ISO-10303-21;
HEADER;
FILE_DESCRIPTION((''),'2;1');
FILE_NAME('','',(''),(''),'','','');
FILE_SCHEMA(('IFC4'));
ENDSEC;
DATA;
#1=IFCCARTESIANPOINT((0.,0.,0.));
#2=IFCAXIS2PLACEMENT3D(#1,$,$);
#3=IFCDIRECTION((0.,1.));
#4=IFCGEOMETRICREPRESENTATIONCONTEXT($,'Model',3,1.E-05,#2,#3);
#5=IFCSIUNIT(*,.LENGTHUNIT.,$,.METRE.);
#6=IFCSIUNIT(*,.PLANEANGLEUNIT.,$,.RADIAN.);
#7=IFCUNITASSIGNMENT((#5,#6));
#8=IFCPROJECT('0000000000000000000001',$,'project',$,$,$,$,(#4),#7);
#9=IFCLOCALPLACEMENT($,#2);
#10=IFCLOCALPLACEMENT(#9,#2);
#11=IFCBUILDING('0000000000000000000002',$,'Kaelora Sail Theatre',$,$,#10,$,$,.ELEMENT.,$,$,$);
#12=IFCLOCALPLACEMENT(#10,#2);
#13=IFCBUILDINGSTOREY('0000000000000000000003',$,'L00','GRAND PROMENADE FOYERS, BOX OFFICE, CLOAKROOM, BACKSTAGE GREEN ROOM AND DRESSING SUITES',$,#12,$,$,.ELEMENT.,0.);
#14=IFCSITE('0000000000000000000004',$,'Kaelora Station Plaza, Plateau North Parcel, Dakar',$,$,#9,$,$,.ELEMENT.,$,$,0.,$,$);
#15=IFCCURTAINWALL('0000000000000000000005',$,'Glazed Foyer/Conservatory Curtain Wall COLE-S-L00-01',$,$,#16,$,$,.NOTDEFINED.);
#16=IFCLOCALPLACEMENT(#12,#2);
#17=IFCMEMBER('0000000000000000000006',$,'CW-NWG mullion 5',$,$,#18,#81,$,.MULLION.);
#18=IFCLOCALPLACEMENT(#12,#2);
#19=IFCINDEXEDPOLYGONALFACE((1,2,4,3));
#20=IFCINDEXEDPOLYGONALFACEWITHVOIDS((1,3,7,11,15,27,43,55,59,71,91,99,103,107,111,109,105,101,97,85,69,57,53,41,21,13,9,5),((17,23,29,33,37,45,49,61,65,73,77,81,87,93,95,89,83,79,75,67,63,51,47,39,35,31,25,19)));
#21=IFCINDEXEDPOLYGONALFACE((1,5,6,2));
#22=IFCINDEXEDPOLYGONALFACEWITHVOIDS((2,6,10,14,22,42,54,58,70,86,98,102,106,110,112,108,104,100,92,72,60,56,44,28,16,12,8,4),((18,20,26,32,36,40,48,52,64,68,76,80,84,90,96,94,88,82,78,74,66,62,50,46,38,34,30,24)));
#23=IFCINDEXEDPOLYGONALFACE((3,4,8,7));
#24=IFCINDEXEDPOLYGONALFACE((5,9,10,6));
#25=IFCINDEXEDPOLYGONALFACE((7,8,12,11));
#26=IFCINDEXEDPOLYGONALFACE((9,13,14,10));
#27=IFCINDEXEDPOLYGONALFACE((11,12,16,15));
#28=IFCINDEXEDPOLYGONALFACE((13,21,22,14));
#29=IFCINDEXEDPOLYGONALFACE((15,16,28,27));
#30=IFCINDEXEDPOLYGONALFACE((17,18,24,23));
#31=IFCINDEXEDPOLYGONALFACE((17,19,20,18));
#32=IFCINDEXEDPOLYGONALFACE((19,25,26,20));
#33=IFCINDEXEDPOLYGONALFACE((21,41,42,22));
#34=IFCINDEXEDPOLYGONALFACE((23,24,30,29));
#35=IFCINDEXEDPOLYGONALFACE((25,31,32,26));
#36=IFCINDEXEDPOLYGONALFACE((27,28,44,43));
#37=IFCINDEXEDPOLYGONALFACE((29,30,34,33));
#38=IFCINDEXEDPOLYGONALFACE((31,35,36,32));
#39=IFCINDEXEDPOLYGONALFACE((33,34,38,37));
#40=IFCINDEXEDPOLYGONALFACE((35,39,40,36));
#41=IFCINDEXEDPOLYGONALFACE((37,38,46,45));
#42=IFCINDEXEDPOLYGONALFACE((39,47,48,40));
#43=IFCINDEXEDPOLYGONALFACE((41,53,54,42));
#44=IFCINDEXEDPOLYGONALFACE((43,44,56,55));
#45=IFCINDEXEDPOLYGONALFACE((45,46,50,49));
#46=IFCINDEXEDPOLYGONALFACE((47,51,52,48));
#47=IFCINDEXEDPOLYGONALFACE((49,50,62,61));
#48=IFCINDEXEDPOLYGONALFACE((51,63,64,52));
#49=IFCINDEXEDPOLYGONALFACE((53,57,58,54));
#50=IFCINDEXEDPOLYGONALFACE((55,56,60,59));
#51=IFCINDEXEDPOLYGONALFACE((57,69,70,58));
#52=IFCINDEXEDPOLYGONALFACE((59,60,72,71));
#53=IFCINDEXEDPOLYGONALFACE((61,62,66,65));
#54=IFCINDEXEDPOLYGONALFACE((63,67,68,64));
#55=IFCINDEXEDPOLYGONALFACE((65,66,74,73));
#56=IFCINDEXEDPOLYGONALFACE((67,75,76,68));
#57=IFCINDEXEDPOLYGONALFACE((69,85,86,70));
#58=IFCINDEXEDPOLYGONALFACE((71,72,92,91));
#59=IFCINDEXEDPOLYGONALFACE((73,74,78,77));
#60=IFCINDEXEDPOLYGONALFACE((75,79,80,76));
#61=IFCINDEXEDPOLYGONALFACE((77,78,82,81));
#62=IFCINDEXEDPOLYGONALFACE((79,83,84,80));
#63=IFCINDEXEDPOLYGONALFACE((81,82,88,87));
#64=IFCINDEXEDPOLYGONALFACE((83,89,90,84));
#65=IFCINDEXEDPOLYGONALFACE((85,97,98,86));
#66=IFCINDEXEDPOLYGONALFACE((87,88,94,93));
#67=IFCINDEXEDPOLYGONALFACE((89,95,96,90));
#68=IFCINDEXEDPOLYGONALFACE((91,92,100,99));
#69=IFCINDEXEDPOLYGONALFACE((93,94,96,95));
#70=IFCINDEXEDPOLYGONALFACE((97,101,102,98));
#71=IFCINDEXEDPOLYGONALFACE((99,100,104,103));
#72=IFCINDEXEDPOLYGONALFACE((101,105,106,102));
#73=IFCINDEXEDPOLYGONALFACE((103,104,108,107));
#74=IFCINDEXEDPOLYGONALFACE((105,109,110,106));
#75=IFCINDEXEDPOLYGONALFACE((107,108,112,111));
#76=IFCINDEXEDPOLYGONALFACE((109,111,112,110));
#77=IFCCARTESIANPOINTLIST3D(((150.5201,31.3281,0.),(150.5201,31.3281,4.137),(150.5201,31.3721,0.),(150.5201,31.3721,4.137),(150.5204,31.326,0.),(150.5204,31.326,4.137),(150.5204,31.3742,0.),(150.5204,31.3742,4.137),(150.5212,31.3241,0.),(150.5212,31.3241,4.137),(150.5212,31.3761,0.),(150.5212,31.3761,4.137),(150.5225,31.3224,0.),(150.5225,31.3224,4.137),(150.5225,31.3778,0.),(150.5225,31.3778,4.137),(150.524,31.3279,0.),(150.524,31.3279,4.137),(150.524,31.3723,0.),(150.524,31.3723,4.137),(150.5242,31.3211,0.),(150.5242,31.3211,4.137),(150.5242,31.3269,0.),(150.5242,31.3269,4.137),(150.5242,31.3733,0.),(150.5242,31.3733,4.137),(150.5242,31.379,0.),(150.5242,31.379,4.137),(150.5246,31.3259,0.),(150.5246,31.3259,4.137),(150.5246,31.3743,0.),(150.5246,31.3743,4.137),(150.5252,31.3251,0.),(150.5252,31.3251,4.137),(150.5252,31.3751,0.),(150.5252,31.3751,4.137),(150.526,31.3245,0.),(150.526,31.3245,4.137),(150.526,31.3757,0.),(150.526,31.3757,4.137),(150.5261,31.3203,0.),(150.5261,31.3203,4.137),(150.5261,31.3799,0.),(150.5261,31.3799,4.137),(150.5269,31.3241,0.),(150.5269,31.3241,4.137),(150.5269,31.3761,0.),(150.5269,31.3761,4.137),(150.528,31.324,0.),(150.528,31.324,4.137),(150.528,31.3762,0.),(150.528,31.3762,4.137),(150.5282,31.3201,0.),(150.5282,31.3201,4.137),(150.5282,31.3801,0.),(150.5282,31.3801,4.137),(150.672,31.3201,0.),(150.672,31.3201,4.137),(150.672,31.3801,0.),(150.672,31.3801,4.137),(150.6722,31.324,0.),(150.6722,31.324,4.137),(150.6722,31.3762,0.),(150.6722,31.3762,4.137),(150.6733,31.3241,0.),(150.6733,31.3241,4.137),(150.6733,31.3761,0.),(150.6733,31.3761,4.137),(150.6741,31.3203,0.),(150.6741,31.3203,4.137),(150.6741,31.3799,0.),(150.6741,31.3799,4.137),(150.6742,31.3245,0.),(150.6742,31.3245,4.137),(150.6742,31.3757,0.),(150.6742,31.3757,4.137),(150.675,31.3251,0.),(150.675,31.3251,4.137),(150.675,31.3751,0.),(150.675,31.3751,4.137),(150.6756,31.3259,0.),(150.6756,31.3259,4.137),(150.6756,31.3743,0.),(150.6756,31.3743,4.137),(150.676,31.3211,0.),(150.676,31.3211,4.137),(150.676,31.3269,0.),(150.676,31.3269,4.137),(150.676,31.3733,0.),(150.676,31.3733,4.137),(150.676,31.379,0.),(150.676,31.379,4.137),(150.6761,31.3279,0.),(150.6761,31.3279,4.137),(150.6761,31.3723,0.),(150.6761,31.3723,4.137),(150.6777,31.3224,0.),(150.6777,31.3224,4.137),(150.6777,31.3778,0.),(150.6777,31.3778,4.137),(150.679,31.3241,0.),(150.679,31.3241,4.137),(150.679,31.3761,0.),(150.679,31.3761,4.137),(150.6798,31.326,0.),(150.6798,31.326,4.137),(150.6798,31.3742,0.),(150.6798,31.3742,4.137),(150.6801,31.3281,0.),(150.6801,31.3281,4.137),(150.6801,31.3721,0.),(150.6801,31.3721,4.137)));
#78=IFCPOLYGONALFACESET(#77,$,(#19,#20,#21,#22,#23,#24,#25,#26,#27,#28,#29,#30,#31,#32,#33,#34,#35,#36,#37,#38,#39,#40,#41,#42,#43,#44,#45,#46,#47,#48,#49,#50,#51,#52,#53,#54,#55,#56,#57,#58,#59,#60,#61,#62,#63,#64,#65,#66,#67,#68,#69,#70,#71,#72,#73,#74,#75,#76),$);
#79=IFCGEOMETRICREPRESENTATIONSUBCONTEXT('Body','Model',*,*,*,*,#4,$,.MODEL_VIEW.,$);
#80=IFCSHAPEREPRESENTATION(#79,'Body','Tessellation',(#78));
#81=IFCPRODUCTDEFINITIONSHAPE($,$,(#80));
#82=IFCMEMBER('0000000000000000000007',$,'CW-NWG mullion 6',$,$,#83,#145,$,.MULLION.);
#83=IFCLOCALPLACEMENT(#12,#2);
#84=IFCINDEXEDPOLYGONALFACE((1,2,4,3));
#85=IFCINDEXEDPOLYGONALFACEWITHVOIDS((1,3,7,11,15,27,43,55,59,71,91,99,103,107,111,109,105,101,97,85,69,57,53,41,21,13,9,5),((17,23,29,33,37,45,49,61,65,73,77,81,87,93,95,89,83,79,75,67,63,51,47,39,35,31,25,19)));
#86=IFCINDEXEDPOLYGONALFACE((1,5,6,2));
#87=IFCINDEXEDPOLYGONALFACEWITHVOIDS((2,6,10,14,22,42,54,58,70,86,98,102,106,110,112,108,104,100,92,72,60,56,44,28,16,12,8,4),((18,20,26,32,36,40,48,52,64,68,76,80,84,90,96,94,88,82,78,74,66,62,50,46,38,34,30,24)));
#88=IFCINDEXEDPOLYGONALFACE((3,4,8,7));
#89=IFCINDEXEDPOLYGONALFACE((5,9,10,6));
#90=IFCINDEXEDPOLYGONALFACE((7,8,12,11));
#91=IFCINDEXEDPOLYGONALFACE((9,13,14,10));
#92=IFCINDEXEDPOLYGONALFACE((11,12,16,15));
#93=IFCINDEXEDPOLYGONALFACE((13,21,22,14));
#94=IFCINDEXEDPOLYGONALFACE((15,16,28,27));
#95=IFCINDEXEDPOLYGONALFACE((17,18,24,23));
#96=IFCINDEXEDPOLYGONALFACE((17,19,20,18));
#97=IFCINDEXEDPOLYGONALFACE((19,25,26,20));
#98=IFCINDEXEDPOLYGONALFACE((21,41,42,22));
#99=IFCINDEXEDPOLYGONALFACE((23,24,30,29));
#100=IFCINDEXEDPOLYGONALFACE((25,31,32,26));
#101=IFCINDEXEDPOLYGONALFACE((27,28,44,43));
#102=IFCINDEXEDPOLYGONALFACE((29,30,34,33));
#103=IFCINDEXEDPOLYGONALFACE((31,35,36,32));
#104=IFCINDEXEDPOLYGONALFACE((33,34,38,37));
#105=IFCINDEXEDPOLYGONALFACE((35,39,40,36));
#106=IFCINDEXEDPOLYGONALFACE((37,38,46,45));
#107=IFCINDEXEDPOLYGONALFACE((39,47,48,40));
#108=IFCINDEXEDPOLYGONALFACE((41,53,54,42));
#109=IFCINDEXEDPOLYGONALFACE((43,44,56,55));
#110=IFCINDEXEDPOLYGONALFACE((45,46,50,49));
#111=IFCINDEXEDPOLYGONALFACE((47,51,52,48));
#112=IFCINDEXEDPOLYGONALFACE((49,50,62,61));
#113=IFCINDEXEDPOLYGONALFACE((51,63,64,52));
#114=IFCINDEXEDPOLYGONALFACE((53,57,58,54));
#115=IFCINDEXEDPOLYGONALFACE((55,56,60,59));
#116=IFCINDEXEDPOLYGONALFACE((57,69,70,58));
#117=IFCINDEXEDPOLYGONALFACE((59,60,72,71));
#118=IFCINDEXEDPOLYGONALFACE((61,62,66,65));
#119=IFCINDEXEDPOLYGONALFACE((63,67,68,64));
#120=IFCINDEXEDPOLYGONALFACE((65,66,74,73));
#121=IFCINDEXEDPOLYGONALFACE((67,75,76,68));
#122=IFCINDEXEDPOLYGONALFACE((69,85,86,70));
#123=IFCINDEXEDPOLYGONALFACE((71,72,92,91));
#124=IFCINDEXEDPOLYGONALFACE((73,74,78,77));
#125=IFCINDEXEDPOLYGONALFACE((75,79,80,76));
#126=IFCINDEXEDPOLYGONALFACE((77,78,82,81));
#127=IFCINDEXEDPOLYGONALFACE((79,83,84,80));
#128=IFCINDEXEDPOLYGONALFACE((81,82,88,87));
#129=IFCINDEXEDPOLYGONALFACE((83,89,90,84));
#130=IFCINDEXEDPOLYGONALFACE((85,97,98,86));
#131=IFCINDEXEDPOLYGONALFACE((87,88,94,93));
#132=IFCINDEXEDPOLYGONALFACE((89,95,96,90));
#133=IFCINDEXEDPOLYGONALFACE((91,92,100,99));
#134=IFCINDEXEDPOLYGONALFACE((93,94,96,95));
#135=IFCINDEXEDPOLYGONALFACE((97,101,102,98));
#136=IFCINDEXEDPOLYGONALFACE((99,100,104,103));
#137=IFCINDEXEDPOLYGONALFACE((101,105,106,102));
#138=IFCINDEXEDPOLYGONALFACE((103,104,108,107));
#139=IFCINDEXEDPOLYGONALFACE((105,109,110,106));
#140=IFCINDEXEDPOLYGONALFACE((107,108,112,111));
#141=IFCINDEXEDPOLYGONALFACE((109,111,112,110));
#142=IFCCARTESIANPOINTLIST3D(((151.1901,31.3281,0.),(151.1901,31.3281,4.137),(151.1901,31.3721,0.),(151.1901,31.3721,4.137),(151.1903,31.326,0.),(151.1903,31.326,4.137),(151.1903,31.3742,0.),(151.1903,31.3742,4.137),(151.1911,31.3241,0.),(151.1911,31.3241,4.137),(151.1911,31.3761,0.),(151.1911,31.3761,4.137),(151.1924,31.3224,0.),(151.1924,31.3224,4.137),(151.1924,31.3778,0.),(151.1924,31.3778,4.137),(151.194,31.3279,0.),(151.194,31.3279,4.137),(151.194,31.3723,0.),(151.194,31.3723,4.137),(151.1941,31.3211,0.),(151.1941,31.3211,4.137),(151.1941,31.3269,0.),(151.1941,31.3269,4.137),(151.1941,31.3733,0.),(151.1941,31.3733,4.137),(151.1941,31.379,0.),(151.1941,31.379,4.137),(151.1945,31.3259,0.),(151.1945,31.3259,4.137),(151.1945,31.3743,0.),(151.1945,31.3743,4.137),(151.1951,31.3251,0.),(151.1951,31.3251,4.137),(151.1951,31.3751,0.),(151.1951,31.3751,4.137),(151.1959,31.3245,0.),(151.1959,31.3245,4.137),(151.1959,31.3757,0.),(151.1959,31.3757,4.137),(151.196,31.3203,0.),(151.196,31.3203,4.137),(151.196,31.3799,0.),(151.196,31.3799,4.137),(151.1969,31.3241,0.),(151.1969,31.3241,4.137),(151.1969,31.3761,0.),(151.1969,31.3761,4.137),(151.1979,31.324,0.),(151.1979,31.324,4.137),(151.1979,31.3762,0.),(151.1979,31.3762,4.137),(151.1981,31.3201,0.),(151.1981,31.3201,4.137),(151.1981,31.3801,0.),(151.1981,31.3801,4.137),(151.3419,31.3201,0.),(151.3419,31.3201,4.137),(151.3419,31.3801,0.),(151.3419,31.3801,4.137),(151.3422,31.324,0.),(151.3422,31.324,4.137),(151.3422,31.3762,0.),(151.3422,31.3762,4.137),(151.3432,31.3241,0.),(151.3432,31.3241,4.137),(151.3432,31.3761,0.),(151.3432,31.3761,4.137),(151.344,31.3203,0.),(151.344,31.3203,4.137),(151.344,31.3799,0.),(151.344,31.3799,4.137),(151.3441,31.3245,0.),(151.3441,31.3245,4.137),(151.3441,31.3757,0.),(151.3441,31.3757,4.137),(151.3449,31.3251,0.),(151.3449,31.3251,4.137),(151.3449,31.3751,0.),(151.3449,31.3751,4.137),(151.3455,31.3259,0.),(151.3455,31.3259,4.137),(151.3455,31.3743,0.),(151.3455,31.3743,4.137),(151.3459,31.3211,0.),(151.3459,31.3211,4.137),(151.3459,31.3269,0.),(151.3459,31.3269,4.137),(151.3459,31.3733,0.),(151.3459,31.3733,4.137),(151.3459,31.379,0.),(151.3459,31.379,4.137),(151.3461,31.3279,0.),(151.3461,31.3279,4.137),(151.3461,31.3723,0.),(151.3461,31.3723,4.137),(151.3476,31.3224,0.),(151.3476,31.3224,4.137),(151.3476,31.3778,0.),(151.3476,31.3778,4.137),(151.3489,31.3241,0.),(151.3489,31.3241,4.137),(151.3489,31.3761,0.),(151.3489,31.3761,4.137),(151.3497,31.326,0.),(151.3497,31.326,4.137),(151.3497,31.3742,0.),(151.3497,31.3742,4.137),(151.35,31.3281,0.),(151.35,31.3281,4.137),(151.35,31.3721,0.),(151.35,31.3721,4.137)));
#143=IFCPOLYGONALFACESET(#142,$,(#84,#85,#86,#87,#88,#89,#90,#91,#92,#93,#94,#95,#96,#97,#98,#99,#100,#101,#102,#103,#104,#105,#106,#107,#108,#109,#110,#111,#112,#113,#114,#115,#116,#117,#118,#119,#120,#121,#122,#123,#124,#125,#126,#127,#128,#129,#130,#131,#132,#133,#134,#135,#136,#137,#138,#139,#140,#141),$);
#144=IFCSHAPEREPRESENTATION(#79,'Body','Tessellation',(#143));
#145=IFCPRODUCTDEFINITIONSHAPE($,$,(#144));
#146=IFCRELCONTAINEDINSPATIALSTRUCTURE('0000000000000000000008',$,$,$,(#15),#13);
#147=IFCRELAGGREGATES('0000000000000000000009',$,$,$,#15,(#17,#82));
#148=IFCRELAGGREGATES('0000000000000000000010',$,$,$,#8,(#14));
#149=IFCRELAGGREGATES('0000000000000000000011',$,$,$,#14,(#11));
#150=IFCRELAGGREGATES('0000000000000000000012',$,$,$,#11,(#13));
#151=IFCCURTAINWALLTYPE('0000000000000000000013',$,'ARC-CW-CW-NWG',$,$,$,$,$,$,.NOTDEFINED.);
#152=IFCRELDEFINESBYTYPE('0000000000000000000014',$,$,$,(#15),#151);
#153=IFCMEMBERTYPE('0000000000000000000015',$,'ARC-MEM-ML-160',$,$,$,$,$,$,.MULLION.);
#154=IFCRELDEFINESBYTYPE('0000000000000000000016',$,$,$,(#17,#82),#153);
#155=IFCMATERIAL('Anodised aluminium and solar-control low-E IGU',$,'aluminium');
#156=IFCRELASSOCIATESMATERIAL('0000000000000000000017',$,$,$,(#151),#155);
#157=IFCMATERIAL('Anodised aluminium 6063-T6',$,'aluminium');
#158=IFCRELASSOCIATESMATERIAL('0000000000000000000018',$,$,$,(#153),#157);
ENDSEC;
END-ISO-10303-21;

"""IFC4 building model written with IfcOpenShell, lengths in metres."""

from ifc_helpers import new_model, si_unit, direction, frame, origin, origin_2d, place, context, subcontext, project, spatial, hollow_rectangle, extrude, material, material_profile, profile_set, type_object, element, aggregate, save


model = new_model("IFC4")

# Units and contexts
model_context = context("Model", 3, precision=1e-05, world=origin(), true_north=direction((0.0, 1.0)))
body_context = subcontext(model_context, "Body", "Model", "MODEL_VIEW")
ifc_project = project(units=[si_unit("LENGTHUNIT", "METRE"), si_unit("PLANEANGLEUNIT", "RADIAN")], contexts=[model_context])

# Site, building, storey
site_placement = place(None, origin())
site = spatial("IfcSite", under=ifc_project, at=site_placement, Name="Kaelora Station Plaza, Plateau North Parcel, Dakar", CompositionType="ELEMENT", RefElevation=0.0)
building_placement = place(site_placement, origin())
building = spatial("IfcBuilding", under=site, at=building_placement, Name="Kaelora Sail Theatre", CompositionType="ELEMENT")
storey_placement = place(building_placement, origin())
storey = spatial("IfcBuildingStorey", under=building, at=storey_placement, Name="L00", Description="GRAND PROMENADE FOYERS, BOX OFFICE, CLOAKROOM, BACKSTAGE GREEN ROOM AND DRESSING SUITES", CompositionType="ELEMENT", Elevation=0.0)

# Curtain wall, members
ifc_material_1 = material(Name="Anodised aluminium and solar-control low-E IGU", Category="aluminium")
curtain_wall_type = type_object("IfcCurtainWallType", Name="ARC-CW-CW-NWG", PredefinedType="NOTDEFINED", material=ifc_material_1)
curtain_wall_1_placement = place(storey_placement, origin())
curtain_wall_1 = element("IfcCurtainWall", 1, at=curtain_wall_1_placement, inside=storey, type_object=curtain_wall_type, Name="Glazed Foyer/Conservatory Curtain Wall COLE-S-L00-01", PredefinedType="NOTDEFINED")
ifc_material_2 = material(Name="Anodised aluminium 6063-T6", Category="aluminium")
ifc_material_profile_1 = material_profile(ifc_material_2, hollow_rectangle(XDim=0.0601, YDim=0.1599, WallThickness=0.0039, InnerFilletRadius=0.0039, OuterFilletRadius=0.0081, at=origin_2d()), Name="ALU-MULL 60x160x4")
ifc_profile_set_1 = profile_set([ifc_material_profile_1], Name="Anodised aluminium 6063-T6")
member_type_1 = type_object("IfcMemberType", Name="ARC-MEM-ML-160", PredefinedType="MULLION", material=ifc_profile_set_1)
member_1_placement = place(storey_placement, frame((150.6001, 31.3501, 0.0), z_axis=(0.0, 0.0, 1.0), x_axis=(0.0, 1.0, 0.0)))
member_1 = element("IfcMember", 2, at=member_1_placement, type_object=member_type_1, Name="CW-NWG mullion 5", PredefinedType="MULLION", context=body_context, shape_type="SweptSolid", body=[
    extrude(hollow_rectangle(XDim=0.0601, YDim=0.1599, WallThickness=0.0039, InnerFilletRadius=0.0039, OuterFilletRadius=0.0081, at=origin_2d()), origin(), (0.0, 0.0, 1.0), 4.137),
])
member_2_placement = place(storey_placement, frame((151.27, 31.3501, 0.0), z_axis=(0.0, 0.0, 1.0), x_axis=(0.0, 1.0, 0.0)))
member_2 = element("IfcMember", 3, at=member_2_placement, type_object=member_type_1, Name="CW-NWG mullion 6", PredefinedType="MULLION", context=body_context, shape_type="SweptSolid", body=[
    extrude(hollow_rectangle(XDim=0.0601, YDim=0.1599, WallThickness=0.0039, InnerFilletRadius=0.0039, OuterFilletRadius=0.0081, at=origin_2d()), origin(), (0.0, 0.0, 1.0), 4.137),
])

aggregate(curtain_wall_1, [member_1, member_2])

save(model, "model.ifc")
